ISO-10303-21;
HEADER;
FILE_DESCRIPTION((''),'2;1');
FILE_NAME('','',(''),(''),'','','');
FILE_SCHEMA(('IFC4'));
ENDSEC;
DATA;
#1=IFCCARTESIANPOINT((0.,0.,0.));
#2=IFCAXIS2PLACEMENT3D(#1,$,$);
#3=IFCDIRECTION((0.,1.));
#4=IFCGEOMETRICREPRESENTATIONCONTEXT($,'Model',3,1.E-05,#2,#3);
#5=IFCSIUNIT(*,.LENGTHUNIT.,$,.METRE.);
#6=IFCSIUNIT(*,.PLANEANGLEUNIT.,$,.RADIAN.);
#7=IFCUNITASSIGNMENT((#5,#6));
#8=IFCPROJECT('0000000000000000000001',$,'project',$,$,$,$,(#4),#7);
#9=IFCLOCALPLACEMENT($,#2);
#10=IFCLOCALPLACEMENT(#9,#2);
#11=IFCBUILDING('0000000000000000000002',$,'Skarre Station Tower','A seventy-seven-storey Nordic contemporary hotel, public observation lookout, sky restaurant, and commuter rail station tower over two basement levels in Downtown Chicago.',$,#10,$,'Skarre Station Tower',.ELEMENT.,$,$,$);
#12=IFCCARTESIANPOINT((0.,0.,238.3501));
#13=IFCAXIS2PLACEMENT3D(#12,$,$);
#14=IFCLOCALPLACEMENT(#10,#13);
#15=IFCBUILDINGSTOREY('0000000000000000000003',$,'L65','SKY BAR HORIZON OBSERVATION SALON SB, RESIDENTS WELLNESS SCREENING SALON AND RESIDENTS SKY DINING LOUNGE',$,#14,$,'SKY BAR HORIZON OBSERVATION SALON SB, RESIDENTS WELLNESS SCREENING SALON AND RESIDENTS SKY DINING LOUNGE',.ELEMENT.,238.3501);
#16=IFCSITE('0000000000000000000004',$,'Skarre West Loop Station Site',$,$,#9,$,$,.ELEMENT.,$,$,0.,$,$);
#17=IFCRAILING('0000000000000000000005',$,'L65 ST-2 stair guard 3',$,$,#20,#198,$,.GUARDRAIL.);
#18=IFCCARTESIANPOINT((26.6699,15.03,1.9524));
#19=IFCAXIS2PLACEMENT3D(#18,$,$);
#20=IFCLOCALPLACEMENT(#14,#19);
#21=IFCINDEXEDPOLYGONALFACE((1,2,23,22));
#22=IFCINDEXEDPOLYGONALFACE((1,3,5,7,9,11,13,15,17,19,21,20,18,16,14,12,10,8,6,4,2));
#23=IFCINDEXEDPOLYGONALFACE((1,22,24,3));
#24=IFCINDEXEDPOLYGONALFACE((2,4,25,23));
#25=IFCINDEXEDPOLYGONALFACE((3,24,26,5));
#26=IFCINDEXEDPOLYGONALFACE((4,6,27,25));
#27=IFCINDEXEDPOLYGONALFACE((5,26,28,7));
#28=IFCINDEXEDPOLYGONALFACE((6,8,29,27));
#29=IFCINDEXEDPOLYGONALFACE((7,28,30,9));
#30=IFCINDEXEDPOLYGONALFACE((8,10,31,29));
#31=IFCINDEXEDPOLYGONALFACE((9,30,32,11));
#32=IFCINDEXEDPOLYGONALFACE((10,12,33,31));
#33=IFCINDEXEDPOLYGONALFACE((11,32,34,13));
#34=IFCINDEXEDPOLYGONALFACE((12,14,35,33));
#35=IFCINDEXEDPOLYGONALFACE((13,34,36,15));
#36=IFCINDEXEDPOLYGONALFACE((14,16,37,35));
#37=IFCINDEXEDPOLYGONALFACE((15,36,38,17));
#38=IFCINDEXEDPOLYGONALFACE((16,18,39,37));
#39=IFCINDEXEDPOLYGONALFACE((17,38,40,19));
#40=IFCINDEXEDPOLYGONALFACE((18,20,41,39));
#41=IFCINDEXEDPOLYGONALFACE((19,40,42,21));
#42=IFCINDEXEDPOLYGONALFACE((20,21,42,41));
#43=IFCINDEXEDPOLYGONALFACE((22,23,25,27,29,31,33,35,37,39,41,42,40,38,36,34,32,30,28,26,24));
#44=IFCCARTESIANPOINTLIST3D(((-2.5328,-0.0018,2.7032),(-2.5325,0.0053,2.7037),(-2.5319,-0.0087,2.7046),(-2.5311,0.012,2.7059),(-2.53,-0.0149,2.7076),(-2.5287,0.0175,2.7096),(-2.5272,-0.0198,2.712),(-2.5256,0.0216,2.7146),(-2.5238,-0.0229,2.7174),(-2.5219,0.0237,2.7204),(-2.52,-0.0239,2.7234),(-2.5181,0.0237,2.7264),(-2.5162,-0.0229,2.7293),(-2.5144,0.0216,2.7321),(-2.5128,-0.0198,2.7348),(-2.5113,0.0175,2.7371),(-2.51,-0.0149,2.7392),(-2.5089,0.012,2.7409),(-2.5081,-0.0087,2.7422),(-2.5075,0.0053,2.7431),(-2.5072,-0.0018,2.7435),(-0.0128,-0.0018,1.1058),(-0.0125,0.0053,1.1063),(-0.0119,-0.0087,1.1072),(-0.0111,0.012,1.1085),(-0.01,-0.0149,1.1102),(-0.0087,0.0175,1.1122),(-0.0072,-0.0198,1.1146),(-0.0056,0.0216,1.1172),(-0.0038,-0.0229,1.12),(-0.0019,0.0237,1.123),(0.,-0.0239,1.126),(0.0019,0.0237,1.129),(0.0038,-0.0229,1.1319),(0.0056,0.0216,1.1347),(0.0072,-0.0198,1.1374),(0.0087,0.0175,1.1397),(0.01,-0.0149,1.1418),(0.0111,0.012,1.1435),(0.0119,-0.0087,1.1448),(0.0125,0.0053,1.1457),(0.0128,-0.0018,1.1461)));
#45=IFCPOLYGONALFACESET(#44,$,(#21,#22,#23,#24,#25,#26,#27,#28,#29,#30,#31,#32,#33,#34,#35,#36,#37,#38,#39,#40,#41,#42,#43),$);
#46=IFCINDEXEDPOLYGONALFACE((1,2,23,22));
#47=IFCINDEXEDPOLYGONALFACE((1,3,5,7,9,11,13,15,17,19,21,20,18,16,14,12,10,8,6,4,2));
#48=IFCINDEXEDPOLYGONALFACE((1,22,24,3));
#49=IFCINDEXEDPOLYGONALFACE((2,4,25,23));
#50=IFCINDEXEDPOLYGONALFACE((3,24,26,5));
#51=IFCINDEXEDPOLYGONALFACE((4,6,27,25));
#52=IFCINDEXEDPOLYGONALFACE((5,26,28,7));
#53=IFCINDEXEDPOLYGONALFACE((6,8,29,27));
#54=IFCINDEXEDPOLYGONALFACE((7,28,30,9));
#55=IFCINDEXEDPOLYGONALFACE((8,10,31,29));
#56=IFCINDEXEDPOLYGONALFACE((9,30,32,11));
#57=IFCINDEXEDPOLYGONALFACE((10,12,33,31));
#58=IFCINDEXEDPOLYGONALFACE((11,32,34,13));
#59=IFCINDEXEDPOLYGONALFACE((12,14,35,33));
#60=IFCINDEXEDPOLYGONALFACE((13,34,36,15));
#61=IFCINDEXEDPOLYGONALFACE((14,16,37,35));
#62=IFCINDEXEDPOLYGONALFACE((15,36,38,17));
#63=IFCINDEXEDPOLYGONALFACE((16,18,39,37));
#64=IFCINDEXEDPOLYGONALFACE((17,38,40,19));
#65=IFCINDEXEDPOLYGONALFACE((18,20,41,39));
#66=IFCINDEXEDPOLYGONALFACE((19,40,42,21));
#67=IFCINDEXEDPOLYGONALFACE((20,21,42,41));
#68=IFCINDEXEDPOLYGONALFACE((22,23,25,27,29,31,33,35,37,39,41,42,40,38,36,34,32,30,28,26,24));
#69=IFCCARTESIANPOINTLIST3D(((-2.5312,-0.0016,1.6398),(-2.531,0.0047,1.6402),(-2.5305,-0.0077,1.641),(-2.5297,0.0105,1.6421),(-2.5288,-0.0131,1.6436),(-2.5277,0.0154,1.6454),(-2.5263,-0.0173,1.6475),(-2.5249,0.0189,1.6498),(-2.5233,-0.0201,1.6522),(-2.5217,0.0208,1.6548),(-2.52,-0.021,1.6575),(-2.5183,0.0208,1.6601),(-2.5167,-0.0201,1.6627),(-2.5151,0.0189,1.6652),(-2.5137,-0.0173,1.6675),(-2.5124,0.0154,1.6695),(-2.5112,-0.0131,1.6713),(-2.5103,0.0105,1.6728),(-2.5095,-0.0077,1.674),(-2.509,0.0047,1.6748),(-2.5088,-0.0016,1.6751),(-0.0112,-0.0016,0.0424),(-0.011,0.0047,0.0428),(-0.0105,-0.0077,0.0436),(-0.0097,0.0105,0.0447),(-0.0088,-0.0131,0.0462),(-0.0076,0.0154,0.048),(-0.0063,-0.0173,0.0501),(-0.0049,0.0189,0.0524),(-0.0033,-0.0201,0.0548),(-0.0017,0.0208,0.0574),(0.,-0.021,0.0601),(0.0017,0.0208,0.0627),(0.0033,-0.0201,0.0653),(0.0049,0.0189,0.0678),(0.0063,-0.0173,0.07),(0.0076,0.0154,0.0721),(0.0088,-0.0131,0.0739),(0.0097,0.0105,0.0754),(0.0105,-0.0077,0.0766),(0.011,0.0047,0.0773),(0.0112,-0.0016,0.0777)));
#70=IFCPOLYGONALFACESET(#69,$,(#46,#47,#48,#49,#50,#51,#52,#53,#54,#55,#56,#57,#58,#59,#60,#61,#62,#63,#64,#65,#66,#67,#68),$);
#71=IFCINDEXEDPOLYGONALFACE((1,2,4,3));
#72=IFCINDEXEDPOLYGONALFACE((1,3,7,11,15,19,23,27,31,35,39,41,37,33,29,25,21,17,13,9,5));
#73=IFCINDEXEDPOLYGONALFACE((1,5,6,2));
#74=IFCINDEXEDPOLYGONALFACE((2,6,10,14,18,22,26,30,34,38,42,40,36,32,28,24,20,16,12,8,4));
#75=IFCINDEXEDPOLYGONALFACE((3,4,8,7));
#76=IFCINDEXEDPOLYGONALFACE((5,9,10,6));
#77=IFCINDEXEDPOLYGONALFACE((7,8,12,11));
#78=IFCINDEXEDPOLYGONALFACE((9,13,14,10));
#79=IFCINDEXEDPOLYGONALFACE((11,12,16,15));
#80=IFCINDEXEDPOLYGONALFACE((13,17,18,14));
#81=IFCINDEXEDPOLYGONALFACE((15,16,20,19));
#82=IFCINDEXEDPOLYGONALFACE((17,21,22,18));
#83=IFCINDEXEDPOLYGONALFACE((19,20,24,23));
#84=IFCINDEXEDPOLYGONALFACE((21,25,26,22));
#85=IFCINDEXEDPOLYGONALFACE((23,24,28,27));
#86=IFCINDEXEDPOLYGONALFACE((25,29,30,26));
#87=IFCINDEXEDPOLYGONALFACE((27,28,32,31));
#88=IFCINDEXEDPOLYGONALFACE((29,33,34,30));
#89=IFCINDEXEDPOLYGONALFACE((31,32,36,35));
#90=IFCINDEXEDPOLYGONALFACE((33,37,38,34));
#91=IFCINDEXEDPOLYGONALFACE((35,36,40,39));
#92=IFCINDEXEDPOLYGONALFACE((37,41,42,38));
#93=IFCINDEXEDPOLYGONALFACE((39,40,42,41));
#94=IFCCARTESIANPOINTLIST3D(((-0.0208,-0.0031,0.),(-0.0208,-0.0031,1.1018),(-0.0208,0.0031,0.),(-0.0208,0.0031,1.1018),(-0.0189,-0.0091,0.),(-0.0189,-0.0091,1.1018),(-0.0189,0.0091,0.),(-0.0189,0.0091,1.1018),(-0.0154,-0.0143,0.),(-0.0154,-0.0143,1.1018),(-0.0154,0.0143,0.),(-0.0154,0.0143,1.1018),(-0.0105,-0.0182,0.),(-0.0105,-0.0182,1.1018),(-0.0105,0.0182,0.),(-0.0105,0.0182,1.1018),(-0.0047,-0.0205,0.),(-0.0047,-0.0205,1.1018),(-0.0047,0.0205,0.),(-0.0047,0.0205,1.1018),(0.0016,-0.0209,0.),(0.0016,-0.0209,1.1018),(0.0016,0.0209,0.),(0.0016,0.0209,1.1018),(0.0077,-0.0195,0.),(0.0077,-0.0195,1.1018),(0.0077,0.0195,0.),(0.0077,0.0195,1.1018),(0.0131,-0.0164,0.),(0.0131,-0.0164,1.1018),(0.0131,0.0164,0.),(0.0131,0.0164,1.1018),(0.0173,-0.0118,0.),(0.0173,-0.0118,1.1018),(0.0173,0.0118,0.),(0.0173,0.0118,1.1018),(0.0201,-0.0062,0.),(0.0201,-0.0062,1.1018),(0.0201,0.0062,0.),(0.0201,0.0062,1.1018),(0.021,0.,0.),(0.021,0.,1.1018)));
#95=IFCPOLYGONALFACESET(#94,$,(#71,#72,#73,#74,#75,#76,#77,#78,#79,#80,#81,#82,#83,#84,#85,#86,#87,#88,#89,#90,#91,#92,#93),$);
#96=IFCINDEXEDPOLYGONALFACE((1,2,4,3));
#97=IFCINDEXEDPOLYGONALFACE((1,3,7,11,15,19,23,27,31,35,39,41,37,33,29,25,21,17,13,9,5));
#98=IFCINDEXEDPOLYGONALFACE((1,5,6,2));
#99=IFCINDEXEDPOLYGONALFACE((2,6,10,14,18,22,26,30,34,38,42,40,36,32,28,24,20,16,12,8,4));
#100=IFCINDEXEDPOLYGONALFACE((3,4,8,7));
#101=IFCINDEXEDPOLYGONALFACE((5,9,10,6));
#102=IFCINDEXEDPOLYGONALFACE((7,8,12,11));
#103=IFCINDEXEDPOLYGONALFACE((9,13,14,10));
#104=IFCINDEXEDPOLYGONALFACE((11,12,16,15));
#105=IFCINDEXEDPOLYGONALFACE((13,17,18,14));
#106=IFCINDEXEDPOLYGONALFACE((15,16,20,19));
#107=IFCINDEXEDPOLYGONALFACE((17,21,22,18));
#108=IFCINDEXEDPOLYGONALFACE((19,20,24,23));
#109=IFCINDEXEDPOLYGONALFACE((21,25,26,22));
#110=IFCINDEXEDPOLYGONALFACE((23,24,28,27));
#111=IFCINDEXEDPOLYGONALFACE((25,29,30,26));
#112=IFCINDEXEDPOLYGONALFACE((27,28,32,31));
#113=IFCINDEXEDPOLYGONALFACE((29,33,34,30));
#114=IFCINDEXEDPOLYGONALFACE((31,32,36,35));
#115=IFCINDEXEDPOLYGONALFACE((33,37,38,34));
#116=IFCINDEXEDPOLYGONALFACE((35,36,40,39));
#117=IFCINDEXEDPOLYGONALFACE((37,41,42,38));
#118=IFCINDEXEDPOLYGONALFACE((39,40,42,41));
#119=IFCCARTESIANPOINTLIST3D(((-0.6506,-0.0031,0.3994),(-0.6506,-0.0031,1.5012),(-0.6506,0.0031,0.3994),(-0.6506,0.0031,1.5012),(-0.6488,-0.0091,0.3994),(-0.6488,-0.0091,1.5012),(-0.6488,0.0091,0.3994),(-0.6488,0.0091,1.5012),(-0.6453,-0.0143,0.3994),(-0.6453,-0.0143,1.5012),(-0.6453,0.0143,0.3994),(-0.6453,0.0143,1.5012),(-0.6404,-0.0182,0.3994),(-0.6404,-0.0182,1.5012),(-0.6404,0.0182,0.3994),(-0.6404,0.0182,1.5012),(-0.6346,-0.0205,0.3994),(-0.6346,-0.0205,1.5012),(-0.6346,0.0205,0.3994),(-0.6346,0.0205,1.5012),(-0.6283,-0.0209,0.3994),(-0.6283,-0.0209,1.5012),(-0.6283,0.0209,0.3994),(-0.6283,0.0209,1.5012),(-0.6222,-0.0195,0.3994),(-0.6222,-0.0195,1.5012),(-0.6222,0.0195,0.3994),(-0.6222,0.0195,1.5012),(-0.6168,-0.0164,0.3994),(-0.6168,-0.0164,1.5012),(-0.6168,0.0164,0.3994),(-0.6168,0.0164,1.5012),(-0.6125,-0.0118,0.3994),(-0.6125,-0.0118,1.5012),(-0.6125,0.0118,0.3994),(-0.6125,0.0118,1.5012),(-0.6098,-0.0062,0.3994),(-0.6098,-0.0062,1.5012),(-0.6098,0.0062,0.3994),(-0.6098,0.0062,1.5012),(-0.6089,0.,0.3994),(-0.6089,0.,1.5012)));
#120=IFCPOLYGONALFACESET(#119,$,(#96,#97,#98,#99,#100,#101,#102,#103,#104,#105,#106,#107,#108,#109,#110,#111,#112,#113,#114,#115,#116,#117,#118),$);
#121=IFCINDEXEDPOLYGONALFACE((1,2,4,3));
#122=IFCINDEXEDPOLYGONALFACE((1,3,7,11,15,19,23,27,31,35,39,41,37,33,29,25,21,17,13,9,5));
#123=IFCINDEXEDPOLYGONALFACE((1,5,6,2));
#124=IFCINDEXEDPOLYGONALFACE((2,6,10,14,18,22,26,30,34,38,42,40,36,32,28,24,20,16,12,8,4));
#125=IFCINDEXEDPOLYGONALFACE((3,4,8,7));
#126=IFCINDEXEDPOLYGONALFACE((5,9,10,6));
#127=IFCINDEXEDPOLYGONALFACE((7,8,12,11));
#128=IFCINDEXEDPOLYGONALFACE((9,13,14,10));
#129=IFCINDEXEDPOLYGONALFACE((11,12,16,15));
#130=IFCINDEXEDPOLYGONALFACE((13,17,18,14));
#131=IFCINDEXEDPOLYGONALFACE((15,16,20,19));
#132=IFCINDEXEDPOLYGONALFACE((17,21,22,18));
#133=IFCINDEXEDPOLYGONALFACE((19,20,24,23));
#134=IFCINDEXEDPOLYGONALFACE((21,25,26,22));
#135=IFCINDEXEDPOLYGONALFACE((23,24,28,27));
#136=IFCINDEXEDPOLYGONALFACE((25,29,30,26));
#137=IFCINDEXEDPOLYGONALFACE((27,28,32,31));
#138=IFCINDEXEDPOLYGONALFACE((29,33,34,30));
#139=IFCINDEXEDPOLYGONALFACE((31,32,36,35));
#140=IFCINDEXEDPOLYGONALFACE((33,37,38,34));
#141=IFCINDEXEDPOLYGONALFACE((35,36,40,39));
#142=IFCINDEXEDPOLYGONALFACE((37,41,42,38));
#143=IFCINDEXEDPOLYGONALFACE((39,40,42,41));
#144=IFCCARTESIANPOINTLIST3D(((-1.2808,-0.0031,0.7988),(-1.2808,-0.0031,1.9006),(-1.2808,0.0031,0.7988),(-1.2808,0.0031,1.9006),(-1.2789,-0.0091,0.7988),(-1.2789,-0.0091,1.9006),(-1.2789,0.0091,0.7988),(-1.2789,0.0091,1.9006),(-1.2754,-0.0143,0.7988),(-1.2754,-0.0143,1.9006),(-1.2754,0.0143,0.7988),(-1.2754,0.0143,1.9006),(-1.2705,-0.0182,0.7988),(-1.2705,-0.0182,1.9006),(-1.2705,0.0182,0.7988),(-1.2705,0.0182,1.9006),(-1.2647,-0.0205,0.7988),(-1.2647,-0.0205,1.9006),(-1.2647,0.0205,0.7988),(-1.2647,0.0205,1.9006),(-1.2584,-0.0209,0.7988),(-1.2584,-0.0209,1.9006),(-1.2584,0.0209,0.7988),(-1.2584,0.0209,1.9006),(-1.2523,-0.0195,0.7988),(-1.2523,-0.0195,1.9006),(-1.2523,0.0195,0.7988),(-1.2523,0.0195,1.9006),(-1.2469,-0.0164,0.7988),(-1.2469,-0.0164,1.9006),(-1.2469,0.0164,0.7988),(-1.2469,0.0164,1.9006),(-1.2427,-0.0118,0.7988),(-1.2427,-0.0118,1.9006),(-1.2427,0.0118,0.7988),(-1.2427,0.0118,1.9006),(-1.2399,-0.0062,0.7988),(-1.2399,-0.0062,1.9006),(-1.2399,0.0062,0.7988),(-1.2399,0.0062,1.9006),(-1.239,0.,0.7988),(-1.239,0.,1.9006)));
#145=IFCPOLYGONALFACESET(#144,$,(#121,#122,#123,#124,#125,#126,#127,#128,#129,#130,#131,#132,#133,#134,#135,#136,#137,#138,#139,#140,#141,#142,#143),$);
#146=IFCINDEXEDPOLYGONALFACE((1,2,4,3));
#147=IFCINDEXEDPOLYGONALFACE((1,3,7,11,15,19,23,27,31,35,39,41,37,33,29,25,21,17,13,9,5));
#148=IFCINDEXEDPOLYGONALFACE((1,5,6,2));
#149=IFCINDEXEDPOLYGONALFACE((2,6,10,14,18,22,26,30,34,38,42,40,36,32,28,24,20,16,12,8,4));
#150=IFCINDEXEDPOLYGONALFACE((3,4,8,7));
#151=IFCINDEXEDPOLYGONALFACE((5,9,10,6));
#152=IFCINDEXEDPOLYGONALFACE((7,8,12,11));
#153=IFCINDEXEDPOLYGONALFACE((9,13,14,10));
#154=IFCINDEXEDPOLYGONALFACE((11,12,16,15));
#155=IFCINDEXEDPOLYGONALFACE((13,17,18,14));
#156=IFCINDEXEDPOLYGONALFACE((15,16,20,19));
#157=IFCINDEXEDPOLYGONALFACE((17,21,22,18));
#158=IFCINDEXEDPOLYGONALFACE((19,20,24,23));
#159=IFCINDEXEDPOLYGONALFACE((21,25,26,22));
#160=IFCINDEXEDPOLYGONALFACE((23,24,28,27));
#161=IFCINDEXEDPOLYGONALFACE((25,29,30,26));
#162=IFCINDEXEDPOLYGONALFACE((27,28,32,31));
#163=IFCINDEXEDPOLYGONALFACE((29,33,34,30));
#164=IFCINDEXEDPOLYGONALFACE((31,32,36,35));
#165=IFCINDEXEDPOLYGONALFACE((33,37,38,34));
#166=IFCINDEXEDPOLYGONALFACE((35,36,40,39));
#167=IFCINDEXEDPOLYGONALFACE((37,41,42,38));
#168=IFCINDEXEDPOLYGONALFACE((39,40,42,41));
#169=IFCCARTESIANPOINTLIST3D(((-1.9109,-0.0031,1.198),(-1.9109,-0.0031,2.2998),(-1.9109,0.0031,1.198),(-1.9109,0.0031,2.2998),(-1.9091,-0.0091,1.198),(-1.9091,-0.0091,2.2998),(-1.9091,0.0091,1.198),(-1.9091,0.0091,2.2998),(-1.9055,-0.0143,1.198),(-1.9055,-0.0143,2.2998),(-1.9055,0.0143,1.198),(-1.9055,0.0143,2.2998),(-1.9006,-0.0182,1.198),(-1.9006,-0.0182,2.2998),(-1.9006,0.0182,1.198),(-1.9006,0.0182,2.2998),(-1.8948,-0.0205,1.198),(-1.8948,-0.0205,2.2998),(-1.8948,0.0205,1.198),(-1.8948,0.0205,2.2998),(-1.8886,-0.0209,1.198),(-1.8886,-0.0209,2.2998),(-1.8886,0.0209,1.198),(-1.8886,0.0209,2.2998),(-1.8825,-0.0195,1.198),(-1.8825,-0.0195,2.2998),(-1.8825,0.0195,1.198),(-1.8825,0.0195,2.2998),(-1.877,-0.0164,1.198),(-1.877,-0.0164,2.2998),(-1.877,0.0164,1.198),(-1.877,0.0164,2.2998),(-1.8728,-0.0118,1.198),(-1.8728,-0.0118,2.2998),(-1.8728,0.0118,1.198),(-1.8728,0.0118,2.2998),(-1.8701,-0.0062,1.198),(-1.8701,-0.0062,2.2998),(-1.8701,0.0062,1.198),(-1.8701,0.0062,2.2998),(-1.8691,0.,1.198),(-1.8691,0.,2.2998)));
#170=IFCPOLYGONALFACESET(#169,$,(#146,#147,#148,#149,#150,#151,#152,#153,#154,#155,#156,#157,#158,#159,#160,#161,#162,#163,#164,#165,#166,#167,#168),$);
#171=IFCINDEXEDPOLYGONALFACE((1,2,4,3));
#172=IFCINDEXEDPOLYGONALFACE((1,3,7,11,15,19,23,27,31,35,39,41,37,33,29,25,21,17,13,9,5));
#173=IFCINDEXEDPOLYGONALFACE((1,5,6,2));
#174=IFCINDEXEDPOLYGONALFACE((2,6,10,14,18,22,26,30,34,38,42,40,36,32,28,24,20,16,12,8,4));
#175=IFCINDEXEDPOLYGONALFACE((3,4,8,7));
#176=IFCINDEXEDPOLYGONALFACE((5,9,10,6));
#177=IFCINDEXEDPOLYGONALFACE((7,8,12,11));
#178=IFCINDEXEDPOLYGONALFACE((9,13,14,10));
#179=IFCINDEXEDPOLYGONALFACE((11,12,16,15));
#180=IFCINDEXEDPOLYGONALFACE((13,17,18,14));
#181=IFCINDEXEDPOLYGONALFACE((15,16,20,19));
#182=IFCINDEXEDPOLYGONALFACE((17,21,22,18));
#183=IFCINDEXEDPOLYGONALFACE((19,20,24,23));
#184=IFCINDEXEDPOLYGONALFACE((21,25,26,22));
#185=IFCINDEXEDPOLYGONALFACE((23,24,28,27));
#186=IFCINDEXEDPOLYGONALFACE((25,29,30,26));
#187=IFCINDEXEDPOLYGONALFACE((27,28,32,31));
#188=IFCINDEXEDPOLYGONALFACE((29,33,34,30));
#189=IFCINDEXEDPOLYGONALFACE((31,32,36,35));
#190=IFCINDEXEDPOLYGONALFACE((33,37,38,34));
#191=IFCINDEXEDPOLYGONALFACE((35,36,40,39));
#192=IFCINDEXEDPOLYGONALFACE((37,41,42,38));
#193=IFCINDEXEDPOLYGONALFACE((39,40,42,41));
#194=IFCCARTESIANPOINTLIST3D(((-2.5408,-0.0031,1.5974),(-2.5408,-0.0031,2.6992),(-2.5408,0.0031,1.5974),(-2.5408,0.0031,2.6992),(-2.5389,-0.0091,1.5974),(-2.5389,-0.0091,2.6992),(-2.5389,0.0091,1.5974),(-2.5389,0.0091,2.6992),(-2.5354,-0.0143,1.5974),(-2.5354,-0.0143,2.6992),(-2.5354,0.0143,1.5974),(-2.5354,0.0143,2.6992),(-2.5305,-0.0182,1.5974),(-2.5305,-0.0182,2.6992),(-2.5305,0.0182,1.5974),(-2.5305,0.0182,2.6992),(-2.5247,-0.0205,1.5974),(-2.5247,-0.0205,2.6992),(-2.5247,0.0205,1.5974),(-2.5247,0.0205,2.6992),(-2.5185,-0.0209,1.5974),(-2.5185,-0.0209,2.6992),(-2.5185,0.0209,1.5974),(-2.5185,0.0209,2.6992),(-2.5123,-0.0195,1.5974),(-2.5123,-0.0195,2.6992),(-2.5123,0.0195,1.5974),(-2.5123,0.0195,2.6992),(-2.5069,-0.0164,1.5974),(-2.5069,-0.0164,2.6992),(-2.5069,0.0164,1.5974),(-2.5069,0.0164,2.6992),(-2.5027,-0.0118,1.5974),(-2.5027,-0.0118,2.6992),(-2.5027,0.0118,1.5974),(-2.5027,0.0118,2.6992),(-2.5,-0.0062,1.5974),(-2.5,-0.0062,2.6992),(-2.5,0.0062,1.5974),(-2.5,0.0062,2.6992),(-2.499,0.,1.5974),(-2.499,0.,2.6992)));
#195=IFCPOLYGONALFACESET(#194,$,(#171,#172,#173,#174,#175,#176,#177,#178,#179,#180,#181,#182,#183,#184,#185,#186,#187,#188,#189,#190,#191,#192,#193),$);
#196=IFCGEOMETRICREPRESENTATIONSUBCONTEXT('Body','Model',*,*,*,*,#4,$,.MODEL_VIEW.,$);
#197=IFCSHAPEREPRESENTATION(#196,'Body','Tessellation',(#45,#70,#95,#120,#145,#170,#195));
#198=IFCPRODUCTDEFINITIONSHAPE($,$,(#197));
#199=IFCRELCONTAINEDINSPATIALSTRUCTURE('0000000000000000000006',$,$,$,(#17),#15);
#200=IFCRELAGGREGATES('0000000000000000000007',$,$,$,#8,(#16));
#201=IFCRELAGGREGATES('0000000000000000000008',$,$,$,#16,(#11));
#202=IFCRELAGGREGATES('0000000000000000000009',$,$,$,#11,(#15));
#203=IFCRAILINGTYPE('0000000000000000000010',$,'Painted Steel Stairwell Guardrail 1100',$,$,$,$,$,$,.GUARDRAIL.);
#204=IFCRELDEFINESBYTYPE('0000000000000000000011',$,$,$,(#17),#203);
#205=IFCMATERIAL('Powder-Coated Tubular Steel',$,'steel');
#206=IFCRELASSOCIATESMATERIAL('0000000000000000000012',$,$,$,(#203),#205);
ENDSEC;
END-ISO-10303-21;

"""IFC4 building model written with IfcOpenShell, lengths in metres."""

from ifc_helpers import new_model, si_unit, direction, frame, origin, origin_2d, place, context, subcontext, project, spatial, circle, extrude, material, type_object, element, save


model = new_model("IFC4")

# Units and contexts
model_context = context("Model", 3, precision=1e-05, world=origin(), true_north=direction((0.0, 1.0)))
body_context = subcontext(model_context, "Body", "Model", "MODEL_VIEW")
ifc_project = project(units=[si_unit("LENGTHUNIT", "METRE"), si_unit("PLANEANGLEUNIT", "RADIAN")], contexts=[model_context])

# Site, building, storey
site_placement = place(None, origin())
site = spatial("IfcSite", under=ifc_project, at=site_placement, Name="Skarre West Loop Station Site", CompositionType="ELEMENT", RefElevation=0.0)
building_placement = place(site_placement, origin())
building = spatial("IfcBuilding", under=site, at=building_placement, Name="Skarre Station Tower", Description="A seventy-seven-storey Nordic contemporary hotel, public observation lookout, sky restaurant, and commuter rail station tower over two basement levels in Downtown Chicago.", LongName="Skarre Station Tower", CompositionType="ELEMENT")
storey_placement = place(building_placement, frame((0.0, 0.0, 238.3501)))
storey = spatial("IfcBuildingStorey", under=building, at=storey_placement, Name="L65", Description="SKY BAR HORIZON OBSERVATION SALON SB, RESIDENTS WELLNESS SCREENING SALON AND RESIDENTS SKY DINING LOUNGE", LongName="SKY BAR HORIZON OBSERVATION SALON SB, RESIDENTS WELLNESS SCREENING SALON AND RESIDENTS SKY DINING LOUNGE", CompositionType="ELEMENT", Elevation=238.3501)

# Railing
ifc_material_1 = material(Name="Powder-Coated Tubular Steel", Category="steel")
railing_type_1 = type_object("IfcRailingType", Name="Painted Steel Stairwell Guardrail 1100", PredefinedType="GUARDRAIL", material=ifc_material_1)
railing_1_placement = place(storey_placement, frame((26.6699, 15.03, 1.9524)))
element("IfcRailing", 1, at=railing_1_placement, inside=storey, type_object=railing_type_1, Name="L65 ST-2 stair guard 3", PredefinedType="GUARDRAIL", context=body_context, shape_type="SweptSolid", body=[
    extrude(circle(Radius=0.0239, at=origin_2d()), frame((0.0, 0.0, 1.126), z_axis=(-0.844607, 0.0, 0.535387), x_axis=(0.0, -1.0, 0.0)), (0.0, 0.0, 1.0), 2.9836),
    extrude(circle(Radius=0.021, at=origin_2d()), frame((0.0, 0.0, 0.0601), z_axis=(-0.844607, 0.0, 0.535387), x_axis=(0.0, -1.0, 0.0)), (0.0, 0.0, 1.0), 2.9836),
    extrude(circle(Radius=0.021, at=origin_2d()), origin(), (0.0, 0.0, 1.0), 1.1018),
    extrude(circle(Radius=0.021, at=origin_2d()), frame((-0.6299, 0.0, 0.3994)), (0.0, 0.0, 1.0), 1.1018),
    extrude(circle(Radius=0.021, at=origin_2d()), frame((-1.26, 0.0, 0.7988)), (0.0, 0.0, 1.0), 1.1018),
    extrude(circle(Radius=0.021, at=origin_2d()), frame((-1.8901, 0.0, 1.198)), (0.0, 0.0, 1.0), 1.1018),
    extrude(circle(Radius=0.021, at=origin_2d()), frame((-2.52, 0.0, 1.5974)), (0.0, 0.0, 1.0), 1.1018),
])

save(model, "model.ifc")
